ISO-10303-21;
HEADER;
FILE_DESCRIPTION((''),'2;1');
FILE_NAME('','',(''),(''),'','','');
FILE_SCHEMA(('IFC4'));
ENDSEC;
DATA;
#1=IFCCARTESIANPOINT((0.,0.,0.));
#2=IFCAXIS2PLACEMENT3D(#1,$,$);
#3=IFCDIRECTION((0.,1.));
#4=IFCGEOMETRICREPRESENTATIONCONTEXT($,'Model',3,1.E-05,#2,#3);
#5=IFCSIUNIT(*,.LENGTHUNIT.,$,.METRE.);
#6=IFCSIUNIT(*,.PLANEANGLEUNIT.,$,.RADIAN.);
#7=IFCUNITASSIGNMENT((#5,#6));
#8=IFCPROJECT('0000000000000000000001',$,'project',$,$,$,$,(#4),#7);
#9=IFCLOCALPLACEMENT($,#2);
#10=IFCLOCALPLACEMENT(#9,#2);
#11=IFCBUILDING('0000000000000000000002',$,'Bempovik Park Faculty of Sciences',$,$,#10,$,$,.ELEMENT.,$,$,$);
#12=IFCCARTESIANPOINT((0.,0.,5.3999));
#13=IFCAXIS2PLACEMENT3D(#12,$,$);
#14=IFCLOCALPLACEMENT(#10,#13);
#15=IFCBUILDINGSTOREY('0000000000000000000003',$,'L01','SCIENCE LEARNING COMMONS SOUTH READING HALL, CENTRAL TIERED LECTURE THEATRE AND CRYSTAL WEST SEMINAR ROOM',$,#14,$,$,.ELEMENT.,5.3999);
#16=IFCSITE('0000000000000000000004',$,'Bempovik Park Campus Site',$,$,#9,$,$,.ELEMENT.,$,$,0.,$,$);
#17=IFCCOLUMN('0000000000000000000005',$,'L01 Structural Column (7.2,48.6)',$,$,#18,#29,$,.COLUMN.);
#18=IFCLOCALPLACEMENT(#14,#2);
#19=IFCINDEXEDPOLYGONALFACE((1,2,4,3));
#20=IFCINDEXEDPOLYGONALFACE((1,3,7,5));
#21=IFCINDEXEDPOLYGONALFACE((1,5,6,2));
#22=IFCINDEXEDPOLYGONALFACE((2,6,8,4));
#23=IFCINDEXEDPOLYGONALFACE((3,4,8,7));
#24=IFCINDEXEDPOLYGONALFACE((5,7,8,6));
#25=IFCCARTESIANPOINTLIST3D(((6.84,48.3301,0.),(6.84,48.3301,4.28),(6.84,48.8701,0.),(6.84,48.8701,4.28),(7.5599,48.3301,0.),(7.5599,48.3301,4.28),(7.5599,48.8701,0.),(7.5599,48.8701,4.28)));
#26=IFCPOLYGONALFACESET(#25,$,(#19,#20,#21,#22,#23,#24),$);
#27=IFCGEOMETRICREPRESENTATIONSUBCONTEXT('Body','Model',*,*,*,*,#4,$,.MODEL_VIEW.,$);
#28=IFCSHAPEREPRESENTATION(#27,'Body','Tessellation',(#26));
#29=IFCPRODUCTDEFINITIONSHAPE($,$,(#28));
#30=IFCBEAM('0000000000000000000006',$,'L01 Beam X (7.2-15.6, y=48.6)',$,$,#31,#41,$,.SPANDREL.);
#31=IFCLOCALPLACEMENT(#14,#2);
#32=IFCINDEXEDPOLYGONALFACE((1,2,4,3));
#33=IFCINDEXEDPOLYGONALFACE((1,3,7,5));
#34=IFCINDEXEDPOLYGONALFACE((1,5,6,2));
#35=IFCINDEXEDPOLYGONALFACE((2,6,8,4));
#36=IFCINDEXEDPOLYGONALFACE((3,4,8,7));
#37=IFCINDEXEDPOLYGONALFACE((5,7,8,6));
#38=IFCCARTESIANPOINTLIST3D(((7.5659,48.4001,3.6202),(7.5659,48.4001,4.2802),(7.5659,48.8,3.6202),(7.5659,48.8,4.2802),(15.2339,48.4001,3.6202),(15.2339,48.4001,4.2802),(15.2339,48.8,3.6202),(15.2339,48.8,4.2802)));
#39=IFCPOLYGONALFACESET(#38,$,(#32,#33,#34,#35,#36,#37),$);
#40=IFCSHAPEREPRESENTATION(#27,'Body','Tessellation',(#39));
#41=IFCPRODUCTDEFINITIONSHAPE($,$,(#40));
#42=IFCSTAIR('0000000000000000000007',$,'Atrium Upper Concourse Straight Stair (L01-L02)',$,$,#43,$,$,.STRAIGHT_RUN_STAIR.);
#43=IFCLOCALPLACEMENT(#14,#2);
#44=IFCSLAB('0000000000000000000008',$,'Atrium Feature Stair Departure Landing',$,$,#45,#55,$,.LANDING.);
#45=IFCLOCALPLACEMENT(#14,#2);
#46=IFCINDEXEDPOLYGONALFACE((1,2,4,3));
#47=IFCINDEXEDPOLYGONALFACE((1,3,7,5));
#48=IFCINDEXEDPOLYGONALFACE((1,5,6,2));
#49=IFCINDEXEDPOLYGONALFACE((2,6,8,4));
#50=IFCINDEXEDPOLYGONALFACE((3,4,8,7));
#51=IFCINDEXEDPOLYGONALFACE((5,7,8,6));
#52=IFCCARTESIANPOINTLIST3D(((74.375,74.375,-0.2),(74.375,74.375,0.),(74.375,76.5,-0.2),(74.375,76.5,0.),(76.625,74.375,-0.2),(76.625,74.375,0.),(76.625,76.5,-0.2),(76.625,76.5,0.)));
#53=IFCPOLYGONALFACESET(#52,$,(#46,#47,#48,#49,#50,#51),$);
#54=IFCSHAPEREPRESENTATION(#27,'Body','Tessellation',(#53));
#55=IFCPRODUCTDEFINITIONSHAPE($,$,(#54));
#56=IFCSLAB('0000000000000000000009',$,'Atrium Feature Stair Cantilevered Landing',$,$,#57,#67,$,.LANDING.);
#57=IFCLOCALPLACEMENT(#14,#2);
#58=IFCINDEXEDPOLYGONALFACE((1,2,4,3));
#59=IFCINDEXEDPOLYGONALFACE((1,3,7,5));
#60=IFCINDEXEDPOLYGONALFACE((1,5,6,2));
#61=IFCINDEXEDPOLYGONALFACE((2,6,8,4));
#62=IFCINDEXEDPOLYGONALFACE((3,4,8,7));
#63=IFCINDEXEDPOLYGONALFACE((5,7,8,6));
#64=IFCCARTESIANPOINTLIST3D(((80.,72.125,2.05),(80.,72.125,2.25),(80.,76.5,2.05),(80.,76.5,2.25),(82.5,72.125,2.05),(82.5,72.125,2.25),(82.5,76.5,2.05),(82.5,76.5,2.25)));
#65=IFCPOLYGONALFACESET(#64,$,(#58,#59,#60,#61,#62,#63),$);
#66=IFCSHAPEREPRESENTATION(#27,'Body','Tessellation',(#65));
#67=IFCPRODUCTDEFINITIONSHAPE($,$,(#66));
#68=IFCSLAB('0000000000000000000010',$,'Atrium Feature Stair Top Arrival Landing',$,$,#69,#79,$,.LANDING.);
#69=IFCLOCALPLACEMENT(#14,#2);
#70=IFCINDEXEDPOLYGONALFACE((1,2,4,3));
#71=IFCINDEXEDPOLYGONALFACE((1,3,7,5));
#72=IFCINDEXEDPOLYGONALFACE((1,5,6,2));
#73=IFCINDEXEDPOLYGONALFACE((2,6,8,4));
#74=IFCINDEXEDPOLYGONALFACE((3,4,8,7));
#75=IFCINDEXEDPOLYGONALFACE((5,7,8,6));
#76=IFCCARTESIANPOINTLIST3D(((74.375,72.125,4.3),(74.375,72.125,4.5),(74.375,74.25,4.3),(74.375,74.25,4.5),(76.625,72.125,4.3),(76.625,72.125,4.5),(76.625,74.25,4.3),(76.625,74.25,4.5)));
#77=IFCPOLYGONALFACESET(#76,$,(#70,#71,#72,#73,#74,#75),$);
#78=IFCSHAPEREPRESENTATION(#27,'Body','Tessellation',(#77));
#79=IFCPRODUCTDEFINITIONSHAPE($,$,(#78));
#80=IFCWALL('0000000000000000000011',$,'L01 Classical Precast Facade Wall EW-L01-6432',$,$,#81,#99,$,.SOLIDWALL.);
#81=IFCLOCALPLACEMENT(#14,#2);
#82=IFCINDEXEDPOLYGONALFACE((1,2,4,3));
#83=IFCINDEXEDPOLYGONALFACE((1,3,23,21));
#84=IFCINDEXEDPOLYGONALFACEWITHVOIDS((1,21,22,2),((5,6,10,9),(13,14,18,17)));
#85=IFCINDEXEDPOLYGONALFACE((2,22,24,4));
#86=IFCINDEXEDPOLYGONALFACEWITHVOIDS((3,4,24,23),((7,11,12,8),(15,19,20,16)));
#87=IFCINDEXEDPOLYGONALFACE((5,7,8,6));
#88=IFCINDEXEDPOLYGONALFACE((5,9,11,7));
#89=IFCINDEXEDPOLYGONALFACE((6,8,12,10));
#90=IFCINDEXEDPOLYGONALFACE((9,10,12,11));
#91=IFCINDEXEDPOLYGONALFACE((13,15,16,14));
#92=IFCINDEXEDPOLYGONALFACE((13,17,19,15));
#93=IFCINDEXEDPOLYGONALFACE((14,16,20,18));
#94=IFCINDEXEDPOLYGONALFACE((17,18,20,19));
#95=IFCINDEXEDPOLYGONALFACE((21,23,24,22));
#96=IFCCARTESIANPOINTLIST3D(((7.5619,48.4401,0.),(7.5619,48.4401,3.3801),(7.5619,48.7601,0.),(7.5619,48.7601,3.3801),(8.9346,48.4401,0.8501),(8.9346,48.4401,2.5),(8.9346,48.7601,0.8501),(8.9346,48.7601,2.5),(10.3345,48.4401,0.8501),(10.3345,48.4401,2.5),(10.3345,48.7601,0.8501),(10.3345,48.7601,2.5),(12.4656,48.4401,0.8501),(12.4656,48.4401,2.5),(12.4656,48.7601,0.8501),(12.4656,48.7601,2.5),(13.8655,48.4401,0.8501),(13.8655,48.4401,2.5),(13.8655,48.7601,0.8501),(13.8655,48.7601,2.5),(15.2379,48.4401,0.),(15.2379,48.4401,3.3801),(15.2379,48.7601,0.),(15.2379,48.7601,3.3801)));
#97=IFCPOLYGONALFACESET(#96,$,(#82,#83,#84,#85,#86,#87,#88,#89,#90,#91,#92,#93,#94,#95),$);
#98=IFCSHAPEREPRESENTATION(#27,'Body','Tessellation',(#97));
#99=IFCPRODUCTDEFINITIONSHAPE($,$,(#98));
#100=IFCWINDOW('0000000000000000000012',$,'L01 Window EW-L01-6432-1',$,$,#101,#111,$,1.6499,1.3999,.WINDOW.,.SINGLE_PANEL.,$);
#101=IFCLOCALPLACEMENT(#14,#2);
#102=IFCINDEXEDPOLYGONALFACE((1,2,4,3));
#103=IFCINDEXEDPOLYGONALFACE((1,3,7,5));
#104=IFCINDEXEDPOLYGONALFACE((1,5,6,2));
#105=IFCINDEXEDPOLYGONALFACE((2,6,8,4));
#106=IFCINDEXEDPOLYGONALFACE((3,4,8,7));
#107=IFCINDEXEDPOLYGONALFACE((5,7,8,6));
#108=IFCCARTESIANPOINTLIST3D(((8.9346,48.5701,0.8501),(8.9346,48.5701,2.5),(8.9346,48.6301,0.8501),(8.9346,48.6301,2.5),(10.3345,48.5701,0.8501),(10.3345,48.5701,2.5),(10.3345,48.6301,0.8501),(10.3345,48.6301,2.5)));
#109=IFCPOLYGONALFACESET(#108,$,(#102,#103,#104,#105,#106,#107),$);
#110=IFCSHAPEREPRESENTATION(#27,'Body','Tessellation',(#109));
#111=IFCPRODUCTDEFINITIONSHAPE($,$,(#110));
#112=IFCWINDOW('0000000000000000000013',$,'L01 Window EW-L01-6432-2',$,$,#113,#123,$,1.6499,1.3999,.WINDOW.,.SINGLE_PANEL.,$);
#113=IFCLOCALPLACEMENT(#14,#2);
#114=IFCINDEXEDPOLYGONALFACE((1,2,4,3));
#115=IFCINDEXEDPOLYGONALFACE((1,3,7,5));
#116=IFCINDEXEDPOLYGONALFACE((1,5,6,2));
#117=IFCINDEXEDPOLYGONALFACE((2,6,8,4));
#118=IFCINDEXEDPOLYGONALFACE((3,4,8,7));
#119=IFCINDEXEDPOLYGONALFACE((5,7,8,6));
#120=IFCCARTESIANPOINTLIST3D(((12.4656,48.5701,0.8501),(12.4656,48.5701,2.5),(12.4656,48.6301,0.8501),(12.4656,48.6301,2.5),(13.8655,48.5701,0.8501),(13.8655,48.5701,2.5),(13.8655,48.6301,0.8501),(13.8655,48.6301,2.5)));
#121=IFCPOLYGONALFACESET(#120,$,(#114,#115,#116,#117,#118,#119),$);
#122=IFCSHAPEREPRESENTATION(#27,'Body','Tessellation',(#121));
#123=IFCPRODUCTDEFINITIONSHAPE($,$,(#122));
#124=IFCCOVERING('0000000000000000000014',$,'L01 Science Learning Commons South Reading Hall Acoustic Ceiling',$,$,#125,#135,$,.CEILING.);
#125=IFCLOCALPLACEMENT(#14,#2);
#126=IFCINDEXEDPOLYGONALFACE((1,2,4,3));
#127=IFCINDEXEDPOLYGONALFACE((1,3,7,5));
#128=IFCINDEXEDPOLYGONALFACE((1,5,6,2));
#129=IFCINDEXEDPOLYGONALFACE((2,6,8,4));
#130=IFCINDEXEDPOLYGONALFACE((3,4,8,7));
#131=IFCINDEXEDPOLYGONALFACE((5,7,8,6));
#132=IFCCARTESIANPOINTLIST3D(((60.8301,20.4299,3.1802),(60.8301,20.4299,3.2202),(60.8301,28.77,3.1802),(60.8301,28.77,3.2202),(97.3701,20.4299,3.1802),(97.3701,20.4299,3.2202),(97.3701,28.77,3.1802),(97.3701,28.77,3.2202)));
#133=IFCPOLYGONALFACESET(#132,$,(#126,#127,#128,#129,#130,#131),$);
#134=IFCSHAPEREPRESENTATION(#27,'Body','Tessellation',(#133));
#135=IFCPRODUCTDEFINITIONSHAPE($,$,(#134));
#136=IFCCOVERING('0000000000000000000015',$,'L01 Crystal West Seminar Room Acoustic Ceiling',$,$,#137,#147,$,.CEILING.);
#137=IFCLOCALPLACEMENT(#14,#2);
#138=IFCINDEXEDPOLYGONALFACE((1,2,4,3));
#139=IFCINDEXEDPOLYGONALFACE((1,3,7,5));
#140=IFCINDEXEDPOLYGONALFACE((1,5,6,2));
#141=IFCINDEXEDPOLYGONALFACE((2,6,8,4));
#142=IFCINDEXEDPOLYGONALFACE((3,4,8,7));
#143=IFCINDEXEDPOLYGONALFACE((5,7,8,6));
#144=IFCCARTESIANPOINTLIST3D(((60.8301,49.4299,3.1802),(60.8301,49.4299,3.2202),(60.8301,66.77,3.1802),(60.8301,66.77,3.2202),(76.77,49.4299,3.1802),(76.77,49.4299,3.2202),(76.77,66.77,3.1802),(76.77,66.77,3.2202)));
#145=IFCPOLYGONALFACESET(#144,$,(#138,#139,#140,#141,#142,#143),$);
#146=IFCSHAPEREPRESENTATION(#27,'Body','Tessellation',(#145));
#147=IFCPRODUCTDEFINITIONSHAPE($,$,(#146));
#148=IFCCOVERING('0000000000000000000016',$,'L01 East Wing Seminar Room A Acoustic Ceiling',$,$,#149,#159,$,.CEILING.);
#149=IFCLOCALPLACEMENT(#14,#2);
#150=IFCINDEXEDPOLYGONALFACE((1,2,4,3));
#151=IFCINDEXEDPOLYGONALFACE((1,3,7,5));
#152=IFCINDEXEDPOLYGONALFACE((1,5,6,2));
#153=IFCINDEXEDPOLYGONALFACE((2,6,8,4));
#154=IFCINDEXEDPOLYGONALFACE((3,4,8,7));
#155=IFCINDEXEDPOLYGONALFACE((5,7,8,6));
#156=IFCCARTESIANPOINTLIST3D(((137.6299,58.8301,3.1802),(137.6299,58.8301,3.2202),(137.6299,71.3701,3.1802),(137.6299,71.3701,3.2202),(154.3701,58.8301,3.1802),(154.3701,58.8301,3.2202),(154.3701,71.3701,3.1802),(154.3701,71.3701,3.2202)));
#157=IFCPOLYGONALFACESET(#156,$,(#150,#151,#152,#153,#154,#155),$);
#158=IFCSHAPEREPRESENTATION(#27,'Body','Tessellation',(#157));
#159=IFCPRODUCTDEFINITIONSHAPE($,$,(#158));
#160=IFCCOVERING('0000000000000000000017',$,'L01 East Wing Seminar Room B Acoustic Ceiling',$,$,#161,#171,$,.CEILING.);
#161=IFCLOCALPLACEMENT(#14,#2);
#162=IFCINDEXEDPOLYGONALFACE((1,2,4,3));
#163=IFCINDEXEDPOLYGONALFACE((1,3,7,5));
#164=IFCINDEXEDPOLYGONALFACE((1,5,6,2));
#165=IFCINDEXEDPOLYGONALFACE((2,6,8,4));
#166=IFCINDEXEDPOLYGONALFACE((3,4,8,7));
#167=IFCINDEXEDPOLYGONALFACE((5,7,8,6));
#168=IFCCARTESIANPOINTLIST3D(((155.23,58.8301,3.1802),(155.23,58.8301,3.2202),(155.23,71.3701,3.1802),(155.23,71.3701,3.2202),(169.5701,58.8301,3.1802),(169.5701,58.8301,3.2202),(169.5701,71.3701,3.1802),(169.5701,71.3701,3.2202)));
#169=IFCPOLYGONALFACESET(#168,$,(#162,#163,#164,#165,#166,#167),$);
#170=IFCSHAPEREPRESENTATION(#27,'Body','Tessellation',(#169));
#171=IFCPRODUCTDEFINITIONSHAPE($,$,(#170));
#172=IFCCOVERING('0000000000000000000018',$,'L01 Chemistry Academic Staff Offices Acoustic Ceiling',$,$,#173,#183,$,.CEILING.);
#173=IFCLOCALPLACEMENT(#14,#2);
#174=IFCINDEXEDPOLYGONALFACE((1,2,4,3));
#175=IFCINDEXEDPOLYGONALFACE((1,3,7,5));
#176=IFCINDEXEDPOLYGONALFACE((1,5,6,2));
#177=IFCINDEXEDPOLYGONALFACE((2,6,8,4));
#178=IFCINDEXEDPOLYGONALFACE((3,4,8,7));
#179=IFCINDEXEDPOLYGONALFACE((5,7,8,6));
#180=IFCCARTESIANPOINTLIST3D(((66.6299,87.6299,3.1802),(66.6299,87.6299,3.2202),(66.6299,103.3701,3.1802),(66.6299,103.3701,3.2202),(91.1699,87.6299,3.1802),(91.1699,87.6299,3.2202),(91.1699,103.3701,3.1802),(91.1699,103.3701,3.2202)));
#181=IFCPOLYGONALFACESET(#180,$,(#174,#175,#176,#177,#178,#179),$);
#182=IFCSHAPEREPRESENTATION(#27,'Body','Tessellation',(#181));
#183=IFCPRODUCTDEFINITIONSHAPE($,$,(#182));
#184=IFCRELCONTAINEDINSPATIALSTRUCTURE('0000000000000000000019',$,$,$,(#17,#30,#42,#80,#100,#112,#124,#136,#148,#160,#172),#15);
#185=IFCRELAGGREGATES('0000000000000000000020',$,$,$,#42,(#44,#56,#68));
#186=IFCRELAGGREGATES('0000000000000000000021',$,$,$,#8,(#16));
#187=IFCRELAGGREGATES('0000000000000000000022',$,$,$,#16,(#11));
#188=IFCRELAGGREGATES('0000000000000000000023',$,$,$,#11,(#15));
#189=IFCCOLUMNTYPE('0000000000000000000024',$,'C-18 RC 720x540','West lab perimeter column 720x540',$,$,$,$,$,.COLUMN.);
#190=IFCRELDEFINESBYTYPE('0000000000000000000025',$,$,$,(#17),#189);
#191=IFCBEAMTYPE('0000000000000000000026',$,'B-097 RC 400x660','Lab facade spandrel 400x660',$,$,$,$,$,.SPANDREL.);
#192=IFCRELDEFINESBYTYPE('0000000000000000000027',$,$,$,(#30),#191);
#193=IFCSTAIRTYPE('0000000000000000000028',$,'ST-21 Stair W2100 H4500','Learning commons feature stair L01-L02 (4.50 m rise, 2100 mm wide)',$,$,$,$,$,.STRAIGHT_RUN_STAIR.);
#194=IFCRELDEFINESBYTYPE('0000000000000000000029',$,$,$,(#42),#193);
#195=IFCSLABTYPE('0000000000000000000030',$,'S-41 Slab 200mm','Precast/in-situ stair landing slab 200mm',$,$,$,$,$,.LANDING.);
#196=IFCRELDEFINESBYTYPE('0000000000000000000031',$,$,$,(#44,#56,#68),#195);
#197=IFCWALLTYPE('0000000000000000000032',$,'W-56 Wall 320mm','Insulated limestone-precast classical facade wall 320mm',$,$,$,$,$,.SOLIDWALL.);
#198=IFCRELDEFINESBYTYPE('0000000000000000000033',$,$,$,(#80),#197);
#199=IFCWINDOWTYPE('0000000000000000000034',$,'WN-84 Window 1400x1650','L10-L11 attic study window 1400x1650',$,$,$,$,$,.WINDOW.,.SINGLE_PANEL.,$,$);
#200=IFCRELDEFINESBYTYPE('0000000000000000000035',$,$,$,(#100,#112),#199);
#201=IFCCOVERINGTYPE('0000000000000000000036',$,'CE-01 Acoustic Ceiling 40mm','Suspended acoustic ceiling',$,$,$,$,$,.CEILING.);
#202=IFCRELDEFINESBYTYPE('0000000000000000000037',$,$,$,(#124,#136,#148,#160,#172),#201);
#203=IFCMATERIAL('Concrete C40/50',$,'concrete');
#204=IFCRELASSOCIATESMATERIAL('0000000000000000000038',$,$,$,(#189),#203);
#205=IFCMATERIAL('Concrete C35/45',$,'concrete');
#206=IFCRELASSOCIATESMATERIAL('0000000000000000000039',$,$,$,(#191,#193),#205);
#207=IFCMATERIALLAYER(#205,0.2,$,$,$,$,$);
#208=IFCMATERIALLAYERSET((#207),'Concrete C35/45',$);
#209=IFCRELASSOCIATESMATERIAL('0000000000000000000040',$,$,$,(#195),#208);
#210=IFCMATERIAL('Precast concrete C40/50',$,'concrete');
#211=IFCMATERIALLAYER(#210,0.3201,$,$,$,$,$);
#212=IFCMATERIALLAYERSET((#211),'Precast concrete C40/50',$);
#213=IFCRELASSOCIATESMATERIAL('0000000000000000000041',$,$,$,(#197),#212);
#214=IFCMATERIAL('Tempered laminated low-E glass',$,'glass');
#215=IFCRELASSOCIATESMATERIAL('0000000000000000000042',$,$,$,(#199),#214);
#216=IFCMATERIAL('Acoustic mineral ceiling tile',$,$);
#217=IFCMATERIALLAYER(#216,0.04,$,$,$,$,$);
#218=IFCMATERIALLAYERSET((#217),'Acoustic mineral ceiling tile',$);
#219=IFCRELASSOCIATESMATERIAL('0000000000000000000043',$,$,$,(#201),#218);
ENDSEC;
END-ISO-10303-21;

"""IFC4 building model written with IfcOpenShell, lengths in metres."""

from ifc_helpers import new_model, si_unit, direction, frame, frame_2d, origin, origin_2d, place, context, subcontext, project, spatial, polyline, rectangle, outline, extrude, material, layer, layer_set, material_profile, profile_set, type_object, element, fill, aggregate, save


model = new_model("IFC4")

# Units and contexts
model_context = context("Model", 3, precision=1e-05, world=origin(), true_north=direction((0.0, 1.0)))
body_context = subcontext(model_context, "Body", "Model", "MODEL_VIEW")
ifc_project = project(units=[si_unit("LENGTHUNIT", "METRE"), si_unit("PLANEANGLEUNIT", "RADIAN")], contexts=[model_context])

# Site, building, storey
site_placement = place(None, origin())
site = spatial("IfcSite", under=ifc_project, at=site_placement, Name="Bempovik Park Campus Site", CompositionType="ELEMENT", RefElevation=0.0)
building_placement = place(site_placement, origin())
building = spatial("IfcBuilding", under=site, at=building_placement, Name="Bempovik Park Faculty of Sciences", CompositionType="ELEMENT")
storey_placement = place(building_placement, frame((0.0, 0.0, 5.3999)))
storey = spatial("IfcBuildingStorey", under=building, at=storey_placement, Name="L01", Description="SCIENCE LEARNING COMMONS SOUTH READING HALL, CENTRAL TIERED LECTURE THEATRE AND CRYSTAL WEST SEMINAR ROOM", CompositionType="ELEMENT", Elevation=5.3999)

# Column
ifc_material_1 = material(Name="Concrete C40/50", Category="concrete")
ifc_material_profile_1 = material_profile(ifc_material_1, rectangle(XDim=0.72, YDim=0.54, at=origin_2d()), Name="RC 720x540")
ifc_profile_set_1 = profile_set([ifc_material_profile_1], Name="Concrete C40/50")
column_type = type_object("IfcColumnType", Name="C-18 RC 720x540", Description="West lab perimeter column 720x540", PredefinedType="COLUMN", material=ifc_profile_set_1)
column_placement = place(storey_placement, frame((7.2, 48.6001, 0.0), z_axis=(0.0, 0.0, 1.0), x_axis=(1.0, 0.0, 0.0)))
element("IfcColumn", 1, at=column_placement, inside=storey, type_object=column_type, Name="L01 Structural Column (7.2,48.6)", PredefinedType="COLUMN", context=body_context, shape_type="SweptSolid", body=[
    extrude(rectangle(XDim=0.72, YDim=0.54, at=origin_2d()), origin(), (0.0, 0.0, 1.0), 4.28),
])

# Beam
ifc_material_2 = material(Name="Concrete C35/45", Category="concrete")
ifc_material_profile_2 = material_profile(ifc_material_2, rectangle(XDim=0.3999, YDim=0.6599, at=origin_2d()), Name="RC 400x660")
ifc_profile_set_2 = profile_set([ifc_material_profile_2], Name="Concrete C35/45")
beam_type = type_object("IfcBeamType", Name="B-097 RC 400x660", Description="Lab facade spandrel 400x660", PredefinedType="SPANDREL", material=ifc_profile_set_2)
beam_placement = place(storey_placement, frame((7.5659, 48.6001, 3.9502), z_axis=(1.0, 0.0, 0.0), x_axis=(0.0, 1.0, 0.0)))
element("IfcBeam", 2, at=beam_placement, inside=storey, type_object=beam_type, Name="L01 Beam X (7.2-15.6, y=48.6)", PredefinedType="SPANDREL", context=body_context, shape_type="SweptSolid", body=[
    extrude(rectangle(XDim=0.3999, YDim=0.6599, at=origin_2d()), origin(), (0.0, 0.0, 1.0), 7.668),
])

# Stair, slabs
stair_type = type_object("IfcStairType", Name="ST-21 Stair W2100 H4500", Description="Learning commons feature stair L01-L02 (4.50 m rise, 2100 mm wide)", PredefinedType="STRAIGHT_RUN_STAIR", material=ifc_material_2)
stair_placement = place(storey_placement, origin())
stair = element("IfcStair", 3, at=stair_placement, inside=storey, type_object=stair_type, Name="Atrium Upper Concourse Straight Stair (L01-L02)", PredefinedType="STRAIGHT_RUN_STAIR")
ifc_layer_1 = layer(ifc_material_2, 0.2)
ifc_layer_set_1 = layer_set([ifc_layer_1], Name="Concrete C35/45")
slab_type = type_object("IfcSlabType", Name="S-41 Slab 200mm", Description="Precast/in-situ stair landing slab 200mm", PredefinedType="LANDING", material=ifc_layer_set_1)
slab_1_placement = place(storey_placement, frame((0.0, 0.0, -0.2)))
slab_1 = element("IfcSlab", 4, at=slab_1_placement, type_object=slab_type, Name="Atrium Feature Stair Departure Landing", PredefinedType="LANDING", context=body_context, shape_type="SweptSolid", body=[
    extrude(outline(polyline([(74.375, 74.375), (76.625, 74.375), (76.625, 76.5), (74.375, 76.5), (74.375, 74.375)])), origin(), (0.0, 0.0, 1.0), 0.2),
])
slab_2_placement = place(storey_placement, frame((0.0, 0.0, 2.05)))
slab_2 = element("IfcSlab", 5, at=slab_2_placement, type_object=slab_type, Name="Atrium Feature Stair Cantilevered Landing", PredefinedType="LANDING", context=body_context, shape_type="SweptSolid", body=[
    extrude(outline(polyline([(80.0, 72.125), (82.5, 72.125), (82.5, 76.5), (80.0, 76.5), (80.0, 72.125)])), origin(), (0.0, 0.0, 1.0), 0.2),
])
slab_3_placement = place(storey_placement, frame((0.0, 0.0, 4.3)))
slab_3 = element("IfcSlab", 6, at=slab_3_placement, type_object=slab_type, Name="Atrium Feature Stair Top Arrival Landing", PredefinedType="LANDING", context=body_context, shape_type="SweptSolid", body=[
    extrude(outline(polyline([(74.375, 72.125), (76.625, 72.125), (76.625, 74.25), (74.375, 74.25), (74.375, 72.125)])), origin(), (0.0, 0.0, 1.0), 0.2),
])
aggregate(stair, [slab_1, slab_2, slab_3])

# Wall, openings, windows
ifc_material_3 = material(Name="Precast concrete C40/50", Category="concrete")
ifc_layer_2 = layer(ifc_material_3, 0.3201)
ifc_layer_set_2 = layer_set([ifc_layer_2], Name="Precast concrete C40/50")
wall_type = type_object("IfcWallType", Name="W-56 Wall 320mm", Description="Insulated limestone-precast classical facade wall 320mm", PredefinedType="SOLIDWALL", material=ifc_layer_set_2)
wall_placement = place(storey_placement, frame((7.562, 48.6001, 0.0), z_axis=(0.0, 0.0, 1.0), x_axis=(1.0, 0.0, 0.0)))
wall = element("IfcWall", 7, at=wall_placement, inside=storey, type_object=wall_type, Name="L01 Classical Precast Facade Wall EW-L01-6432", PredefinedType="SOLIDWALL", context=body_context, shape_type="SweptSolid", body=[
    extrude(rectangle(XDim=7.676, YDim=0.3201, at=frame_2d((3.8379, 0.0))), origin(), (0.0, 0.0, 1.0), 3.3801),
])
opening_1_placement = place(wall_placement, frame((1.3726, 0.0, 0.8501)))
opening_1 = element("IfcOpeningElement", 8, at=opening_1_placement, cuts=wall, PredefinedType="OPENING", context=body_context, shape_type="SweptSolid", body=[
    extrude(rectangle(XDim=1.3999, YDim=1.6499, at=frame_2d((0.7, 0.825))), frame((0.0, 0.1699, 0.0), z_axis=(0.0, -1.0, 0.0), x_axis=(1.0, 0.0, 0.0)), (0.0, 0.0, 1.0), 0.3401),
])
opening_2_placement = place(wall_placement, frame((4.9036, 0.0, 0.8501)))
opening_2 = element("IfcOpeningElement", 9, at=opening_2_placement, cuts=wall, PredefinedType="OPENING", context=body_context, shape_type="SweptSolid", body=[
    extrude(rectangle(XDim=1.3999, YDim=1.6499, at=frame_2d((0.7, 0.825))), frame((0.0, 0.1699, 0.0), z_axis=(0.0, -1.0, 0.0), x_axis=(1.0, 0.0, 0.0)), (0.0, 0.0, 1.0), 0.3401),
])
ifc_material_4 = material(Name="Tempered laminated low-E glass", Category="glass")
window_type = type_object("IfcWindowType", Name="WN-84 Window 1400x1650", Description="L10-L11 attic study window 1400x1650", PartitioningType="SINGLE_PANEL", PredefinedType="WINDOW", material=ifc_material_4)
window_1_placement = place(opening_1_placement, origin())
window_1 = element("IfcWindow", 10, at=window_1_placement, inside=storey, type_object=window_type, Name="L01 Window EW-L01-6432-1", OverallHeight=1.6499, OverallWidth=1.3999, PartitioningType="SINGLE_PANEL", PredefinedType="WINDOW", context=body_context, shape_type="SweptSolid", body=[
    extrude(rectangle(XDim=1.3999, YDim=1.6499, at=frame_2d((0.7, 0.825))), frame((0.0, 0.03, 0.0), z_axis=(0.0, -1.0, 0.0), x_axis=(1.0, 0.0, 0.0)), (0.0, 0.0, 1.0), 0.0601),
])
fill(opening_1, window_1)
window_2_placement = place(opening_2_placement, origin())
window_2 = element("IfcWindow", 11, at=window_2_placement, inside=storey, type_object=window_type, Name="L01 Window EW-L01-6432-2", OverallHeight=1.6499, OverallWidth=1.3999, PartitioningType="SINGLE_PANEL", PredefinedType="WINDOW", context=body_context, shape_type="SweptSolid", body=[
    extrude(rectangle(XDim=1.3999, YDim=1.6499, at=frame_2d((0.7, 0.825))), frame((0.0, 0.03, 0.0), z_axis=(0.0, -1.0, 0.0), x_axis=(1.0, 0.0, 0.0)), (0.0, 0.0, 1.0), 0.0601),
])
fill(opening_2, window_2)

# Coverings
ifc_material_5 = material(Name="Acoustic mineral ceiling tile")
ifc_layer_3 = layer(ifc_material_5, 0.04)
ifc_layer_set_3 = layer_set([ifc_layer_3], Name="Acoustic mineral ceiling tile")
covering_type_1 = type_object("IfcCoveringType", Name="CE-01 Acoustic Ceiling 40mm", Description="Suspended acoustic ceiling", PredefinedType="CEILING", material=ifc_layer_set_3)
covering_1_placement = place(storey_placement, frame((0.0, 0.0, 3.1802)))
element("IfcCovering", 12, at=covering_1_placement, inside=storey, type_object=covering_type_1, Name="L01 Science Learning Commons South Reading Hall Acoustic Ceiling", PredefinedType="CEILING", context=body_context, shape_type="SweptSolid", body=[
    extrude(outline(polyline([(60.8301, 20.4299), (97.3701, 20.4299), (97.3701, 28.77), (60.8301, 28.77), (60.8301, 20.4299)])), origin(), (0.0, 0.0, 1.0), 0.04),
])
covering_2_placement = place(storey_placement, frame((0.0, 0.0, 3.1802)))
element("IfcCovering", 13, at=covering_2_placement, inside=storey, type_object=covering_type_1, Name="L01 Crystal West Seminar Room Acoustic Ceiling", PredefinedType="CEILING", context=body_context, shape_type="SweptSolid", body=[
    extrude(outline(polyline([(60.8301, 49.4299), (76.77, 49.4299), (76.77, 66.77), (60.8301, 66.77), (60.8301, 49.4299)])), origin(), (0.0, 0.0, 1.0), 0.04),
])
covering_3_placement = place(storey_placement, frame((0.0, 0.0, 3.1802)))
element("IfcCovering", 14, at=covering_3_placement, inside=storey, type_object=covering_type_1, Name="L01 East Wing Seminar Room A Acoustic Ceiling", PredefinedType="CEILING", context=body_context, shape_type="SweptSolid", body=[
    extrude(outline(polyline([(137.6299, 58.8301), (154.3701, 58.8301), (154.3701, 71.3701), (137.6299, 71.3701), (137.6299, 58.8301)])), origin(), (0.0, 0.0, 1.0), 0.04),
])
covering_4_placement = place(storey_placement, frame((0.0, 0.0, 3.1802)))
element("IfcCovering", 15, at=covering_4_placement, inside=storey, type_object=covering_type_1, Name="L01 East Wing Seminar Room B Acoustic Ceiling", PredefinedType="CEILING", context=body_context, shape_type="SweptSolid", body=[
    extrude(outline(polyline([(155.23, 58.8301), (169.5701, 58.8301), (169.5701, 71.3701), (155.23, 71.3701), (155.23, 58.8301)])), origin(), (0.0, 0.0, 1.0), 0.04),
])
covering_5_placement = place(storey_placement, frame((0.0, 0.0, 3.1802)))
element("IfcCovering", 16, at=covering_5_placement, inside=storey, type_object=covering_type_1, Name="L01 Chemistry Academic Staff Offices Acoustic Ceiling", PredefinedType="CEILING", context=body_context, shape_type="SweptSolid", body=[
    extrude(outline(polyline([(66.6299, 87.6299), (91.1699, 87.6299), (91.1699, 103.3701), (66.6299, 103.3701), (66.6299, 87.6299)])), origin(), (0.0, 0.0, 1.0), 0.04),
])

save(model, "model.ifc")
